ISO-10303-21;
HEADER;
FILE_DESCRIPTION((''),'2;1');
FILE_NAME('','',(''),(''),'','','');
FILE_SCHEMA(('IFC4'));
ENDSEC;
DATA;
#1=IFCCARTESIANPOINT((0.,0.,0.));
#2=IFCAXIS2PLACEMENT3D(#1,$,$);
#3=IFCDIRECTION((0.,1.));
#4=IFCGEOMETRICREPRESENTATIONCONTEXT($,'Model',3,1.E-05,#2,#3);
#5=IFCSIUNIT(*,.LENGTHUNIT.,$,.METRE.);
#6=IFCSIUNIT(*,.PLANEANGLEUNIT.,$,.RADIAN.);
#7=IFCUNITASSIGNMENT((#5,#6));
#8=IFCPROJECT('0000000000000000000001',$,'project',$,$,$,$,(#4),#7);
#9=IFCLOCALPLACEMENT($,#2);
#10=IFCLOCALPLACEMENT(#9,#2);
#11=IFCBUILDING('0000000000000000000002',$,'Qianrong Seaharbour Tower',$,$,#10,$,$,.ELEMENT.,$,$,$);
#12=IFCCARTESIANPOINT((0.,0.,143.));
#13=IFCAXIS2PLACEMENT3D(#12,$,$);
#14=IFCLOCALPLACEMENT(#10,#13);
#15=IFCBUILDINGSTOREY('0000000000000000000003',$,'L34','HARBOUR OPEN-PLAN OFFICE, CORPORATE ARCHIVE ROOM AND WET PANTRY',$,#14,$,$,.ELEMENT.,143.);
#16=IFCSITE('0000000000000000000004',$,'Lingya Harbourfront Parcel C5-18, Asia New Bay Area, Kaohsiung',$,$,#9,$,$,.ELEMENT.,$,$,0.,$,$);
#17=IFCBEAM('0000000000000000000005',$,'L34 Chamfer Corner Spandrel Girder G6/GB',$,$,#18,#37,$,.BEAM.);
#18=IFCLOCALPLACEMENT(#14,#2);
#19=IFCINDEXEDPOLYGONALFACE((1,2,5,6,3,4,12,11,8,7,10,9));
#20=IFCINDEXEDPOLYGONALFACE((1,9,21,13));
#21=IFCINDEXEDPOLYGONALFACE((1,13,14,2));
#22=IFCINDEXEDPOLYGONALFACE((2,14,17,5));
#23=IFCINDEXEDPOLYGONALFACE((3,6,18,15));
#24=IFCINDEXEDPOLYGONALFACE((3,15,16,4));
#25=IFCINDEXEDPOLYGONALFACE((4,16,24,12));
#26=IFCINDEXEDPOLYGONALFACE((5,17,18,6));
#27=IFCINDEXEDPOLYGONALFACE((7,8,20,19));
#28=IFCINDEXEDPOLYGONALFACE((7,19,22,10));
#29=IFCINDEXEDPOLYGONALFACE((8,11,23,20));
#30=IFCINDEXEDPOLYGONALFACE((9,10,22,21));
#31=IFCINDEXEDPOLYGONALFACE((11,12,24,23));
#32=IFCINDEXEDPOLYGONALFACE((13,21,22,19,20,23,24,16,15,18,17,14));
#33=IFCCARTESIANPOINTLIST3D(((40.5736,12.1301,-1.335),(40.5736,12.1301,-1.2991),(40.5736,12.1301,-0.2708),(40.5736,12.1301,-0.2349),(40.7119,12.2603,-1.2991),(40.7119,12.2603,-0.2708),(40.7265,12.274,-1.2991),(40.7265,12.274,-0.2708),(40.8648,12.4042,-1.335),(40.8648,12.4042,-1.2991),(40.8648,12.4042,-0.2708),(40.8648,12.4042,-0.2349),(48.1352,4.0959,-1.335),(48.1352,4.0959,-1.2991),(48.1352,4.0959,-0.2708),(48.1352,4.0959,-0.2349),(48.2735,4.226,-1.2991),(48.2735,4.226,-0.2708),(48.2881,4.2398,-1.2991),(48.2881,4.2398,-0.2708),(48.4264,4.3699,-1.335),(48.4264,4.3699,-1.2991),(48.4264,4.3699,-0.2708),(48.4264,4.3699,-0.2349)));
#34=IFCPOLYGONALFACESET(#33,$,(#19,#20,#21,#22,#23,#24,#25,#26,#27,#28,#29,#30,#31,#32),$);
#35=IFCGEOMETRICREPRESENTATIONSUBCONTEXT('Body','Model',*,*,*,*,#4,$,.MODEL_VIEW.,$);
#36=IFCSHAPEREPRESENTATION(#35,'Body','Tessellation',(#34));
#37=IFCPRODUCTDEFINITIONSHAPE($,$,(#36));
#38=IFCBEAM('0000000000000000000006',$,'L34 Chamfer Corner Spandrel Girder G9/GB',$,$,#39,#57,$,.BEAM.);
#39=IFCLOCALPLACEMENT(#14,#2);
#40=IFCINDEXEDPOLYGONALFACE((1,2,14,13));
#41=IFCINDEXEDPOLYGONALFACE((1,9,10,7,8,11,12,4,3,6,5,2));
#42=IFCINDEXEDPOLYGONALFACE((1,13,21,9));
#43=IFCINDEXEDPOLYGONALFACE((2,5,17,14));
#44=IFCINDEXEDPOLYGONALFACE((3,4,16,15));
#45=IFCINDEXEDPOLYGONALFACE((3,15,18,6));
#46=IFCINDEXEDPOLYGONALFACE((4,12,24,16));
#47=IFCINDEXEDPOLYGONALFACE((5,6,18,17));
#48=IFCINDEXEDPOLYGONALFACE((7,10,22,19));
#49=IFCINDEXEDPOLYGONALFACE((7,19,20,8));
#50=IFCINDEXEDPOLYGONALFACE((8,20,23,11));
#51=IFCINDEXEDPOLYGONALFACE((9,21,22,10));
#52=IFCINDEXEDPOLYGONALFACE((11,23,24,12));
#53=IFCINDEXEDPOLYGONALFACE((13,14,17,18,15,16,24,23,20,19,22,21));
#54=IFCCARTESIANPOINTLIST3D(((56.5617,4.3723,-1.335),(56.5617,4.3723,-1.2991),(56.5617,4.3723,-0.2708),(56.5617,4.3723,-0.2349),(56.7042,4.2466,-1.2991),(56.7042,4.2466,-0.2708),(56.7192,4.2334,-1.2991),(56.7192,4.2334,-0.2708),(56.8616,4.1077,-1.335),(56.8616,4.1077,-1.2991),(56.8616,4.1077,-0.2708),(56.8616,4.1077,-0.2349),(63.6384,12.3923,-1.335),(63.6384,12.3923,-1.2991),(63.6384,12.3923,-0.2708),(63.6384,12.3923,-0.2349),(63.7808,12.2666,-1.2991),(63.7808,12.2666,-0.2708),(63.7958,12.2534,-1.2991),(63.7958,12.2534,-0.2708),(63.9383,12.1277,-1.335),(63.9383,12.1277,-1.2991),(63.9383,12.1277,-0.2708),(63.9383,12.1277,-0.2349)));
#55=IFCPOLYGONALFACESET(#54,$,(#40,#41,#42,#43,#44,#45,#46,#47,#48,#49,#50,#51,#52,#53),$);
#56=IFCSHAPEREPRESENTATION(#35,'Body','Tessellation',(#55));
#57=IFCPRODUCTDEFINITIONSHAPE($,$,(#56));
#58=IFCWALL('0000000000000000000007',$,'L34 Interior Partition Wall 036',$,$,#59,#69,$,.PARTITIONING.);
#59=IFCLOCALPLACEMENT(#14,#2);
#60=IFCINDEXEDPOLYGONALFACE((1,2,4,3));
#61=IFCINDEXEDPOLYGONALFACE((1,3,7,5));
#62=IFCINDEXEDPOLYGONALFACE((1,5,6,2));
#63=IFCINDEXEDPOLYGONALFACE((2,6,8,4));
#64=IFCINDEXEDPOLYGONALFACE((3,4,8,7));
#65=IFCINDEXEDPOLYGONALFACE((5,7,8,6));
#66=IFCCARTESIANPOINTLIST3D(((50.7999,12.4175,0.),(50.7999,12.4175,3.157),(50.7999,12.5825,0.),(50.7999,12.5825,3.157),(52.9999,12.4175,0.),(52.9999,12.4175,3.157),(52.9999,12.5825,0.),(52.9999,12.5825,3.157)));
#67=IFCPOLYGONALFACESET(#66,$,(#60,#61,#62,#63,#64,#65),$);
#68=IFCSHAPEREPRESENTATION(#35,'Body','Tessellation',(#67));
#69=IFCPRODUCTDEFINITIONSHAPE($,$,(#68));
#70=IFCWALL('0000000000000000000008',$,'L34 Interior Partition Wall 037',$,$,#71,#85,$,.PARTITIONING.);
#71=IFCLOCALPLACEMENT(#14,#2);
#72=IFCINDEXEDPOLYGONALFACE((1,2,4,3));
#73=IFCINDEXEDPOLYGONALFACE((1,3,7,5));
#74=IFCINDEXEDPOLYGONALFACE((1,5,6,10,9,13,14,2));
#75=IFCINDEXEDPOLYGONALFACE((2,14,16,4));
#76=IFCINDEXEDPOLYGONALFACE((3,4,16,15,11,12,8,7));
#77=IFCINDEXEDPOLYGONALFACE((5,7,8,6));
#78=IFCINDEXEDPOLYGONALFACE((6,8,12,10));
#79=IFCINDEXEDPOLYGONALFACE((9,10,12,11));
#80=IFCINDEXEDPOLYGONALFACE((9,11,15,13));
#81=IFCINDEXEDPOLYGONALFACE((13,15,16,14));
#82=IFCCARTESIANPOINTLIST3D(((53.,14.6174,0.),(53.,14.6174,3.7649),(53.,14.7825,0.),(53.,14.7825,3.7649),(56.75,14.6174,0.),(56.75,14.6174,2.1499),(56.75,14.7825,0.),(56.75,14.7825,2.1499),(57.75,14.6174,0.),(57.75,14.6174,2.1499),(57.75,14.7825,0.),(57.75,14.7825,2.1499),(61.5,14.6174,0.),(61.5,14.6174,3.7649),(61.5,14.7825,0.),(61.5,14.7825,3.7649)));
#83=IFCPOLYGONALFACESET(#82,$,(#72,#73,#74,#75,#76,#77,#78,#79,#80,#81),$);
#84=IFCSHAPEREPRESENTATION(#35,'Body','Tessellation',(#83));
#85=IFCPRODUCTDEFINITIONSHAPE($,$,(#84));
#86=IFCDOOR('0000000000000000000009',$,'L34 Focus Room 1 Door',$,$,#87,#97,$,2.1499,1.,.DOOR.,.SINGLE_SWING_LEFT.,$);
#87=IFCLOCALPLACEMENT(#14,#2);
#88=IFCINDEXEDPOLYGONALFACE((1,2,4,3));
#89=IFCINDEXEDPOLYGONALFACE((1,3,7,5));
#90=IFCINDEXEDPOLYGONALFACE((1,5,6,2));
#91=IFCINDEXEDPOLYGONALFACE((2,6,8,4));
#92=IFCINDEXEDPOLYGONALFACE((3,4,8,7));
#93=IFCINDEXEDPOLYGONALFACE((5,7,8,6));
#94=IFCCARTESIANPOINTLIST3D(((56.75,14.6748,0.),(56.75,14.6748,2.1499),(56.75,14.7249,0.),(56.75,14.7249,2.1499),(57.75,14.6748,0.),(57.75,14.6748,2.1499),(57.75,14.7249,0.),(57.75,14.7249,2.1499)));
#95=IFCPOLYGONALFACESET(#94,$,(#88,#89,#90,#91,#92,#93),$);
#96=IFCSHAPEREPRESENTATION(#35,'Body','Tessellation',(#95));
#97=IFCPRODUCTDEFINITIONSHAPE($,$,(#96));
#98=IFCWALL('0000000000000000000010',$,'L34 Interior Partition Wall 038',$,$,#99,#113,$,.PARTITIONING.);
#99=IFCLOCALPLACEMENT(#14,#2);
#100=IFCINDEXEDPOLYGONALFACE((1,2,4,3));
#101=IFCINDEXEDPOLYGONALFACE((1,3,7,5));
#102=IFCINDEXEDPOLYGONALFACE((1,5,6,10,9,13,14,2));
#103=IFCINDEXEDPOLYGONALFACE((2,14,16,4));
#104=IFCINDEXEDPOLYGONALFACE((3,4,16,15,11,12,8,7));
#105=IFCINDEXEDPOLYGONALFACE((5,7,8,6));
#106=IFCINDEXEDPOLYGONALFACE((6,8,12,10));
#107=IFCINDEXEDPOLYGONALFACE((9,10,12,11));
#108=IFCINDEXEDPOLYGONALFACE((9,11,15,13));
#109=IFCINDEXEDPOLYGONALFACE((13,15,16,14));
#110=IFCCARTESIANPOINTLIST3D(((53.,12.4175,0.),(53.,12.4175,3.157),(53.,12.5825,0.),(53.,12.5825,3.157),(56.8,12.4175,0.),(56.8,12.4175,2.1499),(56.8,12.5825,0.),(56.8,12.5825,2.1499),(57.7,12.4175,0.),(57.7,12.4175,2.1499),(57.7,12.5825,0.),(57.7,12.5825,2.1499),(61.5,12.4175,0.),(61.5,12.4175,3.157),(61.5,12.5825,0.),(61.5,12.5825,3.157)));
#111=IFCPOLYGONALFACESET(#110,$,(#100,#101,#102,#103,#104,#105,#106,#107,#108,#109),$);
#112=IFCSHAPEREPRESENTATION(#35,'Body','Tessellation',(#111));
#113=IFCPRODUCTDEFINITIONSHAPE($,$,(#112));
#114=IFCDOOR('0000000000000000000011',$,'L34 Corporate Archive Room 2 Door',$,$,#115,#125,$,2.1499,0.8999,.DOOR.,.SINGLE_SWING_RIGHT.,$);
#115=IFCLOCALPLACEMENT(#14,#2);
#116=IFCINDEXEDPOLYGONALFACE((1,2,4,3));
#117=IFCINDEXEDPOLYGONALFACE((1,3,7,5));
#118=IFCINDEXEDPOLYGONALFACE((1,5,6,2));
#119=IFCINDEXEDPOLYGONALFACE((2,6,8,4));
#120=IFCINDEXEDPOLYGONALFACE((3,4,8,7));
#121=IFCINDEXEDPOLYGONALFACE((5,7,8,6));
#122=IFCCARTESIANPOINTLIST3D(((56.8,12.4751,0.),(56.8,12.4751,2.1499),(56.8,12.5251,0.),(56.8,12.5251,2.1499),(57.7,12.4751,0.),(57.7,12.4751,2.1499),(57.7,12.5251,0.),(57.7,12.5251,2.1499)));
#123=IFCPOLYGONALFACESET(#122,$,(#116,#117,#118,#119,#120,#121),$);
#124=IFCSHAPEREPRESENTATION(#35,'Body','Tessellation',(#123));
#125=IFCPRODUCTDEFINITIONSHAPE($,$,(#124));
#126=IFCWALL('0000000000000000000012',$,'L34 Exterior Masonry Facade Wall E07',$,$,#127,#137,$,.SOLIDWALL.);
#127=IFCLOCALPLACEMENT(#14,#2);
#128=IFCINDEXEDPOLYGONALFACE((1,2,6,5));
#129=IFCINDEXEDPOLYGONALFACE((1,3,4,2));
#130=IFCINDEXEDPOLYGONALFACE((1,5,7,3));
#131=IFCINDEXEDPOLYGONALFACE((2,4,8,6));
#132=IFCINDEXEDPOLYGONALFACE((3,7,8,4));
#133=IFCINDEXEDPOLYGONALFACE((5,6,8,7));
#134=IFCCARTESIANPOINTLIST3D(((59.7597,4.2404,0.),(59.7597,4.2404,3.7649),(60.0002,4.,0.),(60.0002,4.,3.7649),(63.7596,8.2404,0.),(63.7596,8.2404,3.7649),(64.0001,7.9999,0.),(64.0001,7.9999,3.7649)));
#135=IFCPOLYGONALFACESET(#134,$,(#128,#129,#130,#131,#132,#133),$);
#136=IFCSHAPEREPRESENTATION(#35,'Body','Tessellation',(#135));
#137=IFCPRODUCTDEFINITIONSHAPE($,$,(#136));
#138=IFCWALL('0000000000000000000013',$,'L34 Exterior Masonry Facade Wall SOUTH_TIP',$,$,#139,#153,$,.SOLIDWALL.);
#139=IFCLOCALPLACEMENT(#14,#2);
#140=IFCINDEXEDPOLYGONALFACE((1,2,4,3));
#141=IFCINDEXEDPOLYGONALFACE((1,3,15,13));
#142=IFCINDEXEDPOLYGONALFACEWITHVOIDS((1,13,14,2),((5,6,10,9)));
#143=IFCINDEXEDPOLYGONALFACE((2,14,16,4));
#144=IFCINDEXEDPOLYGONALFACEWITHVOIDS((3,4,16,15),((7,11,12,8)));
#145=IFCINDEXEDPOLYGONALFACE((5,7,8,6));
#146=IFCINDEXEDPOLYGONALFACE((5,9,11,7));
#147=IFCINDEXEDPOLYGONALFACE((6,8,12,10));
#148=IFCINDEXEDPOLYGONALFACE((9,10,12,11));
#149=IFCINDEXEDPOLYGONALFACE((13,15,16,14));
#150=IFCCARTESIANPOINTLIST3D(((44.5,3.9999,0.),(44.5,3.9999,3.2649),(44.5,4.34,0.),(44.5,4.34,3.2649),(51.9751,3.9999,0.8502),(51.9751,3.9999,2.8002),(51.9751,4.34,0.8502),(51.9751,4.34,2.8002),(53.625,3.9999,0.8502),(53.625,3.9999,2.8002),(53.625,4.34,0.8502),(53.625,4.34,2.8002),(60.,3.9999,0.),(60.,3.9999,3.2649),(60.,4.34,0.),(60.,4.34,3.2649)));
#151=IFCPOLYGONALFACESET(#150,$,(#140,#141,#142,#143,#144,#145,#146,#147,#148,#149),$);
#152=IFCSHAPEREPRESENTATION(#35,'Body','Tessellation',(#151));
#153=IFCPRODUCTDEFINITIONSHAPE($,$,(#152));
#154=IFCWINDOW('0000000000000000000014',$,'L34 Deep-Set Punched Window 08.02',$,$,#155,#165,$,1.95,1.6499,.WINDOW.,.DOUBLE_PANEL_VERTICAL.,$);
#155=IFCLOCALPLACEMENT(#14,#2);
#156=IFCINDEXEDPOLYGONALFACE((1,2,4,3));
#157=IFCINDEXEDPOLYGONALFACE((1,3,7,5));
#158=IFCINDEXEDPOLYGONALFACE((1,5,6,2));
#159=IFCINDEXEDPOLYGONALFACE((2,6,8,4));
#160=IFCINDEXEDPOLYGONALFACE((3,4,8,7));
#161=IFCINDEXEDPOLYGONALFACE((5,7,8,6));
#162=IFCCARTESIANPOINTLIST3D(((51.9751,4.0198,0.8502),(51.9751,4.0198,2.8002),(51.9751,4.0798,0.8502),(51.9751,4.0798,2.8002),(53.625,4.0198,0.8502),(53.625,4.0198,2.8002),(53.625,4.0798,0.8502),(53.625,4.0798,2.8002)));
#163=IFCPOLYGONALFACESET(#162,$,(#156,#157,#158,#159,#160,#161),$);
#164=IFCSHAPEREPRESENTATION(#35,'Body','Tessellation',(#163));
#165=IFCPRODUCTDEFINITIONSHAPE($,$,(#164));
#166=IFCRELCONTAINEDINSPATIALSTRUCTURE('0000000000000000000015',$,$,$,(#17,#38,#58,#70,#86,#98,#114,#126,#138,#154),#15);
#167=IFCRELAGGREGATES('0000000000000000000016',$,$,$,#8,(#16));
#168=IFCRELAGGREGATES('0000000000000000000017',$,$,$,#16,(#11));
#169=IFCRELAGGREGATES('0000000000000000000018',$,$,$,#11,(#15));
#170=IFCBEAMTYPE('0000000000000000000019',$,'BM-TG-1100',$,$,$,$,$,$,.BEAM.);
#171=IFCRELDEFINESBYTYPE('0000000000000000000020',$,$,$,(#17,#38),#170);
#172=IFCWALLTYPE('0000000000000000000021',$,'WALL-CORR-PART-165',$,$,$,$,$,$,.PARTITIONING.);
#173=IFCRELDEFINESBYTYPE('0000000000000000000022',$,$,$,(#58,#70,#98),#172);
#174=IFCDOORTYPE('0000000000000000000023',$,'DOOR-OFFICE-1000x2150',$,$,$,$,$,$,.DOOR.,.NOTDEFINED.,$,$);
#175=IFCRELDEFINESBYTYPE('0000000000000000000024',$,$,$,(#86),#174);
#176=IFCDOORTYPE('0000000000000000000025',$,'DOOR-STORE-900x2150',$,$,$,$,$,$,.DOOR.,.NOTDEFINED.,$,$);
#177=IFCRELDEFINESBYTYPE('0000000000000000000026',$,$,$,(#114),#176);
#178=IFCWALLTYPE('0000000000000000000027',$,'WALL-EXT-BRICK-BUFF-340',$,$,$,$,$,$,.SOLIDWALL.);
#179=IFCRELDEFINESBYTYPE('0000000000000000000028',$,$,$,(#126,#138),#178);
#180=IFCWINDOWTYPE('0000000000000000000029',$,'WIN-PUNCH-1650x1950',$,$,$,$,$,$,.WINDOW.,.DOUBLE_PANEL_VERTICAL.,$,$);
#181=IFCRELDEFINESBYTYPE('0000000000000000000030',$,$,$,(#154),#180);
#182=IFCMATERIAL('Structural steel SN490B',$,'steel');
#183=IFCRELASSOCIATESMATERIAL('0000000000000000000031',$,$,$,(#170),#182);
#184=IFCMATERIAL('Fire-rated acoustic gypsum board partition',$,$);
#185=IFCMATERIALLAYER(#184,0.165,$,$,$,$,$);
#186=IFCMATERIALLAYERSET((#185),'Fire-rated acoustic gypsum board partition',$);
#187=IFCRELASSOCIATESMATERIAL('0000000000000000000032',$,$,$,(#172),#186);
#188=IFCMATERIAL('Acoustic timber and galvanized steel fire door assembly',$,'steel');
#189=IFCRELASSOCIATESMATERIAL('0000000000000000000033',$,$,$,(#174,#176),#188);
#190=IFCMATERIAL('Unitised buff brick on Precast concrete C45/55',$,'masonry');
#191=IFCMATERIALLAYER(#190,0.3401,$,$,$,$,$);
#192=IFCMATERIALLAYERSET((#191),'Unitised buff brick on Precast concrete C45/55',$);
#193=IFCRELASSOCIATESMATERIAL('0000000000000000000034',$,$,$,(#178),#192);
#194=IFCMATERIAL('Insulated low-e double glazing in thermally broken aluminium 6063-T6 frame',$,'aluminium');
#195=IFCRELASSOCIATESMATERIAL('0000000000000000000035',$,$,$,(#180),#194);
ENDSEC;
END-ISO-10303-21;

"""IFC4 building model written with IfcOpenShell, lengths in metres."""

from ifc_helpers import new_model, si_unit, direction, frame, frame_2d, origin, origin_2d, place, context, subcontext, project, spatial, rectangle, i_section, extrude, material, layer, layer_set, material_profile, profile_set, type_object, element, fill, save


model = new_model("IFC4")

# Units and contexts
model_context = context("Model", 3, precision=1e-05, world=origin(), true_north=direction((0.0, 1.0)))
body_context = subcontext(model_context, "Body", "Model", "MODEL_VIEW")
ifc_project = project(units=[si_unit("LENGTHUNIT", "METRE"), si_unit("PLANEANGLEUNIT", "RADIAN")], contexts=[model_context])

# Site, building, storey
site_placement = place(None, origin())
site = spatial("IfcSite", under=ifc_project, at=site_placement, Name="Lingya Harbourfront Parcel C5-18, Asia New Bay Area, Kaohsiung", CompositionType="ELEMENT", RefElevation=0.0)
building_placement = place(site_placement, origin())
building = spatial("IfcBuilding", under=site, at=building_placement, Name="Qianrong Seaharbour Tower", CompositionType="ELEMENT")
storey_placement = place(building_placement, frame((0.0, 0.0, 143.0)))
storey = spatial("IfcBuildingStorey", under=building, at=storey_placement, Name="L34", Description="HARBOUR OPEN-PLAN OFFICE, CORPORATE ARCHIVE ROOM AND WET PANTRY", CompositionType="ELEMENT", Elevation=143.0)

# Shared definitions
ifc_material_1 = material(Name="Structural steel SN490B", Category="steel")

# Beams
ifc_material_profile_1 = material_profile(ifc_material_1, i_section(OverallWidth=0.3999, OverallDepth=1.1001, WebThickness=0.02, FlangeThickness=0.0359, at=origin_2d()), Name="BH1100x400x20x36")
ifc_profile_set_1 = profile_set([ifc_material_profile_1], Name="Structural steel SN490B")
beam_type_1 = type_object("IfcBeamType", Name="BM-TG-1100", PredefinedType="BEAM", material=ifc_profile_set_1)
beam_1_placement = place(storey_placement, frame((48.2808, 4.2329, -0.7849), z_axis=(-0.685362, 0.728203, 0.0), x_axis=(-0.728203, -0.685362, 0.0)))
element("IfcBeam", 1, at=beam_1_placement, inside=storey, type_object=beam_type_1, Name="L34 Chamfer Corner Spandrel Girder G6/GB", PredefinedType="BEAM", context=body_context, shape_type="SweptSolid", body=[
    extrude(i_section(OverallWidth=0.3999, OverallDepth=1.1001, WebThickness=0.02, FlangeThickness=0.0359, at=origin_2d()), origin(), (0.0, 0.0, 1.0), 11.033),
])
beam_2_placement = place(storey_placement, frame((56.7117, 4.24, -0.7849), z_axis=(0.661631, 0.74983, 0.0), x_axis=(-0.74983, 0.661631, 0.0)))
element("IfcBeam", 2, at=beam_2_placement, inside=storey, type_object=beam_type_1, Name="L34 Chamfer Corner Spandrel Girder G9/GB", PredefinedType="BEAM", context=body_context, shape_type="SweptSolid", body=[
    extrude(i_section(OverallWidth=0.3999, OverallDepth=1.1001, WebThickness=0.02, FlangeThickness=0.0359, at=origin_2d()), origin(), (0.0, 0.0, 1.0), 10.6958),
])

# Wall
ifc_material_2 = material(Name="Fire-rated acoustic gypsum board partition")
ifc_layer_1 = layer(ifc_material_2, 0.165)
ifc_layer_set_1 = layer_set([ifc_layer_1], Name="Fire-rated acoustic gypsum board partition")
wall_type_1 = type_object("IfcWallType", Name="WALL-CORR-PART-165", PredefinedType="PARTITIONING", material=ifc_layer_set_1)
wall_1_placement = place(storey_placement, frame((53.0, 12.5, 0.0), z_axis=(0.0, 0.0, 1.0), x_axis=(-1.0, 0.0, 0.0)))
element("IfcWall", 3, at=wall_1_placement, inside=storey, type_object=wall_type_1, Name="L34 Interior Partition Wall 036", PredefinedType="PARTITIONING", context=body_context, shape_type="SweptSolid", body=[
    extrude(rectangle(XDim=2.2, YDim=0.165, at=frame_2d((1.1001, 0.0))), origin(), (0.0, 0.0, 1.0), 3.157),
])

# Walls, openings, doors
wall_2_placement = place(storey_placement, frame((53.0, 14.7, 0.0), z_axis=(0.0, 0.0, 1.0), x_axis=(1.0, 0.0, 0.0)))
wall_2 = element("IfcWall", 4, at=wall_2_placement, inside=storey, type_object=wall_type_1, Name="L34 Interior Partition Wall 037", PredefinedType="PARTITIONING", context=body_context, shape_type="SweptSolid", body=[
    extrude(rectangle(XDim=8.5, YDim=0.165, at=frame_2d((4.25, 0.0))), origin(), (0.0, 0.0, 1.0), 3.7649),
])
opening_1_placement = place(wall_2_placement, frame((3.75, 0.0, 0.0)))
opening_1 = element("IfcOpeningElement", 5, at=opening_1_placement, cuts=wall_2, PredefinedType="OPENING", context=body_context, shape_type="SweptSolid", body=[
    extrude(rectangle(XDim=1.0, YDim=2.1499, at=frame_2d((0.5, 1.075))), frame((0.0, 0.0925, 0.0), z_axis=(0.0, -1.0, 0.0), x_axis=(1.0, 0.0, 0.0)), (0.0, 0.0, 1.0), 0.1851),
])
ifc_material_3 = material(Name="Acoustic timber and galvanized steel fire door assembly", Category="steel")
door_type_1 = type_object("IfcDoorType", Name="DOOR-OFFICE-1000x2150", OperationType="NOTDEFINED", PredefinedType="DOOR", material=ifc_material_3)
door_1_placement = place(opening_1_placement, origin())
door_1 = element("IfcDoor", 6, at=door_1_placement, inside=storey, type_object=door_type_1, Name="L34 Focus Room 1 Door", OperationType="SINGLE_SWING_LEFT", OverallHeight=2.1499, OverallWidth=1.0, PredefinedType="DOOR", context=body_context, shape_type="SweptSolid", body=[
    extrude(rectangle(XDim=1.0, YDim=2.1499, at=frame_2d((0.5, 1.075))), frame((0.0, 0.0249, 0.0), z_axis=(0.0, -1.0, 0.0), x_axis=(1.0, 0.0, 0.0)), (0.0, 0.0, 1.0), 0.05),
])
fill(opening_1, door_1)
wall_3_placement = place(storey_placement, frame((61.5, 12.5, 0.0), z_axis=(0.0, 0.0, 1.0), x_axis=(-1.0, 0.0, 0.0)))
wall_3 = element("IfcWall", 7, at=wall_3_placement, inside=storey, type_object=wall_type_1, Name="L34 Interior Partition Wall 038", PredefinedType="PARTITIONING", context=body_context, shape_type="SweptSolid", body=[
    extrude(rectangle(XDim=8.5, YDim=0.165, at=frame_2d((4.25, 0.0))), origin(), (0.0, 0.0, 1.0), 3.157),
])
opening_2_placement = place(wall_3_placement, frame((3.8, 0.0, 0.0)))
opening_2 = element("IfcOpeningElement", 8, at=opening_2_placement, cuts=wall_3, PredefinedType="OPENING", context=body_context, shape_type="SweptSolid", body=[
    extrude(rectangle(XDim=0.8999, YDim=2.1499, at=frame_2d((0.45, 1.075))), frame((0.0, 0.0925, 0.0), z_axis=(0.0, -1.0, 0.0), x_axis=(1.0, 0.0, 0.0)), (0.0, 0.0, 1.0), 0.1851),
])
door_type_2 = type_object("IfcDoorType", Name="DOOR-STORE-900x2150", OperationType="NOTDEFINED", PredefinedType="DOOR", material=ifc_material_3)
door_2_placement = place(opening_2_placement, origin())
door_2 = element("IfcDoor", 9, at=door_2_placement, inside=storey, type_object=door_type_2, Name="L34 Corporate Archive Room 2 Door", OperationType="SINGLE_SWING_RIGHT", OverallHeight=2.1499, OverallWidth=0.8999, PredefinedType="DOOR", context=body_context, shape_type="SweptSolid", body=[
    extrude(rectangle(XDim=0.8999, YDim=2.1499, at=frame_2d((0.45, 1.075))), frame((0.0, 0.0249, 0.0), z_axis=(0.0, -1.0, 0.0), x_axis=(1.0, 0.0, 0.0)), (0.0, 0.0, 1.0), 0.05),
])
fill(opening_2, door_2)

# Wall
ifc_material_4 = material(Name="Unitised buff brick on Precast concrete C45/55", Category="masonry")
ifc_layer_2 = layer(ifc_material_4, 0.3401)
ifc_layer_set_2 = layer_set([ifc_layer_2], Name="Unitised buff brick on Precast concrete C45/55")
wall_type_2 = type_object("IfcWallType", Name="WALL-EXT-BRICK-BUFF-340", PredefinedType="SOLIDWALL", material=ifc_layer_set_2)
wall_4_placement = place(storey_placement, frame((63.8799, 8.1201, 0.0), z_axis=(0.0, 0.0, 1.0), x_axis=(-0.707107, -0.707107, 0.0)))
element("IfcWall", 10, at=wall_4_placement, inside=storey, type_object=wall_type_2, Name="L34 Exterior Masonry Facade Wall E07", PredefinedType="SOLIDWALL", context=body_context, shape_type="SweptSolid", body=[
    extrude(rectangle(XDim=5.6567, YDim=0.3401, at=frame_2d((2.8284, 0.0))), origin(), (0.0, 0.0, 1.0), 3.7649),
])

# Wall, opening, window
wall_5_placement = place(storey_placement, frame((60.0, 4.1699, 0.0), z_axis=(0.0, 0.0, 1.0), x_axis=(-1.0, 0.0, 0.0)))
wall_5 = element("IfcWall", 11, at=wall_5_placement, inside=storey, type_object=wall_type_2, Name="L34 Exterior Masonry Facade Wall SOUTH_TIP", PredefinedType="SOLIDWALL", context=body_context, shape_type="SweptSolid", body=[
    extrude(rectangle(XDim=15.5, YDim=0.3401, at=frame_2d((7.75, 0.0))), origin(), (0.0, 0.0, 1.0), 3.2649),
])
opening_3_placement = place(wall_5_placement, frame((6.375, 0.0, 0.8501)))
opening_3 = element("IfcOpeningElement", 12, at=opening_3_placement, cuts=wall_5, PredefinedType="OPENING", context=body_context, shape_type="SweptSolid", body=[
    extrude(rectangle(XDim=1.6499, YDim=1.95, at=frame_2d((0.825, 0.9751))), frame((0.0, 0.1802, 0.0), z_axis=(0.0, -1.0, 0.0), x_axis=(1.0, 0.0, 0.0)), (0.0, 0.0, 1.0), 0.3601),
])
ifc_material_5 = material(Name="Insulated low-e double glazing in thermally broken aluminium 6063-T6 frame", Category="aluminium")
window_type = type_object("IfcWindowType", Name="WIN-PUNCH-1650x1950", PartitioningType="DOUBLE_PANEL_VERTICAL", PredefinedType="WINDOW", material=ifc_material_5)
window_placement = place(opening_3_placement, origin())
window = element("IfcWindow", 13, at=window_placement, inside=storey, type_object=window_type, Name="L34 Deep-Set Punched Window 08.02", OverallHeight=1.95, OverallWidth=1.6499, PartitioningType="DOUBLE_PANEL_VERTICAL", PredefinedType="WINDOW", context=body_context, shape_type="SweptSolid", body=[
    extrude(rectangle(XDim=1.6499, YDim=1.95, at=frame_2d((0.825, 0.9751))), frame((0.0, 0.1501, 0.0), z_axis=(0.0, -1.0, 0.0), x_axis=(1.0, 0.0, 0.0)), (0.0, 0.0, 1.0), 0.0601),
])
fill(opening_3, window)

save(model, "model.ifc")
